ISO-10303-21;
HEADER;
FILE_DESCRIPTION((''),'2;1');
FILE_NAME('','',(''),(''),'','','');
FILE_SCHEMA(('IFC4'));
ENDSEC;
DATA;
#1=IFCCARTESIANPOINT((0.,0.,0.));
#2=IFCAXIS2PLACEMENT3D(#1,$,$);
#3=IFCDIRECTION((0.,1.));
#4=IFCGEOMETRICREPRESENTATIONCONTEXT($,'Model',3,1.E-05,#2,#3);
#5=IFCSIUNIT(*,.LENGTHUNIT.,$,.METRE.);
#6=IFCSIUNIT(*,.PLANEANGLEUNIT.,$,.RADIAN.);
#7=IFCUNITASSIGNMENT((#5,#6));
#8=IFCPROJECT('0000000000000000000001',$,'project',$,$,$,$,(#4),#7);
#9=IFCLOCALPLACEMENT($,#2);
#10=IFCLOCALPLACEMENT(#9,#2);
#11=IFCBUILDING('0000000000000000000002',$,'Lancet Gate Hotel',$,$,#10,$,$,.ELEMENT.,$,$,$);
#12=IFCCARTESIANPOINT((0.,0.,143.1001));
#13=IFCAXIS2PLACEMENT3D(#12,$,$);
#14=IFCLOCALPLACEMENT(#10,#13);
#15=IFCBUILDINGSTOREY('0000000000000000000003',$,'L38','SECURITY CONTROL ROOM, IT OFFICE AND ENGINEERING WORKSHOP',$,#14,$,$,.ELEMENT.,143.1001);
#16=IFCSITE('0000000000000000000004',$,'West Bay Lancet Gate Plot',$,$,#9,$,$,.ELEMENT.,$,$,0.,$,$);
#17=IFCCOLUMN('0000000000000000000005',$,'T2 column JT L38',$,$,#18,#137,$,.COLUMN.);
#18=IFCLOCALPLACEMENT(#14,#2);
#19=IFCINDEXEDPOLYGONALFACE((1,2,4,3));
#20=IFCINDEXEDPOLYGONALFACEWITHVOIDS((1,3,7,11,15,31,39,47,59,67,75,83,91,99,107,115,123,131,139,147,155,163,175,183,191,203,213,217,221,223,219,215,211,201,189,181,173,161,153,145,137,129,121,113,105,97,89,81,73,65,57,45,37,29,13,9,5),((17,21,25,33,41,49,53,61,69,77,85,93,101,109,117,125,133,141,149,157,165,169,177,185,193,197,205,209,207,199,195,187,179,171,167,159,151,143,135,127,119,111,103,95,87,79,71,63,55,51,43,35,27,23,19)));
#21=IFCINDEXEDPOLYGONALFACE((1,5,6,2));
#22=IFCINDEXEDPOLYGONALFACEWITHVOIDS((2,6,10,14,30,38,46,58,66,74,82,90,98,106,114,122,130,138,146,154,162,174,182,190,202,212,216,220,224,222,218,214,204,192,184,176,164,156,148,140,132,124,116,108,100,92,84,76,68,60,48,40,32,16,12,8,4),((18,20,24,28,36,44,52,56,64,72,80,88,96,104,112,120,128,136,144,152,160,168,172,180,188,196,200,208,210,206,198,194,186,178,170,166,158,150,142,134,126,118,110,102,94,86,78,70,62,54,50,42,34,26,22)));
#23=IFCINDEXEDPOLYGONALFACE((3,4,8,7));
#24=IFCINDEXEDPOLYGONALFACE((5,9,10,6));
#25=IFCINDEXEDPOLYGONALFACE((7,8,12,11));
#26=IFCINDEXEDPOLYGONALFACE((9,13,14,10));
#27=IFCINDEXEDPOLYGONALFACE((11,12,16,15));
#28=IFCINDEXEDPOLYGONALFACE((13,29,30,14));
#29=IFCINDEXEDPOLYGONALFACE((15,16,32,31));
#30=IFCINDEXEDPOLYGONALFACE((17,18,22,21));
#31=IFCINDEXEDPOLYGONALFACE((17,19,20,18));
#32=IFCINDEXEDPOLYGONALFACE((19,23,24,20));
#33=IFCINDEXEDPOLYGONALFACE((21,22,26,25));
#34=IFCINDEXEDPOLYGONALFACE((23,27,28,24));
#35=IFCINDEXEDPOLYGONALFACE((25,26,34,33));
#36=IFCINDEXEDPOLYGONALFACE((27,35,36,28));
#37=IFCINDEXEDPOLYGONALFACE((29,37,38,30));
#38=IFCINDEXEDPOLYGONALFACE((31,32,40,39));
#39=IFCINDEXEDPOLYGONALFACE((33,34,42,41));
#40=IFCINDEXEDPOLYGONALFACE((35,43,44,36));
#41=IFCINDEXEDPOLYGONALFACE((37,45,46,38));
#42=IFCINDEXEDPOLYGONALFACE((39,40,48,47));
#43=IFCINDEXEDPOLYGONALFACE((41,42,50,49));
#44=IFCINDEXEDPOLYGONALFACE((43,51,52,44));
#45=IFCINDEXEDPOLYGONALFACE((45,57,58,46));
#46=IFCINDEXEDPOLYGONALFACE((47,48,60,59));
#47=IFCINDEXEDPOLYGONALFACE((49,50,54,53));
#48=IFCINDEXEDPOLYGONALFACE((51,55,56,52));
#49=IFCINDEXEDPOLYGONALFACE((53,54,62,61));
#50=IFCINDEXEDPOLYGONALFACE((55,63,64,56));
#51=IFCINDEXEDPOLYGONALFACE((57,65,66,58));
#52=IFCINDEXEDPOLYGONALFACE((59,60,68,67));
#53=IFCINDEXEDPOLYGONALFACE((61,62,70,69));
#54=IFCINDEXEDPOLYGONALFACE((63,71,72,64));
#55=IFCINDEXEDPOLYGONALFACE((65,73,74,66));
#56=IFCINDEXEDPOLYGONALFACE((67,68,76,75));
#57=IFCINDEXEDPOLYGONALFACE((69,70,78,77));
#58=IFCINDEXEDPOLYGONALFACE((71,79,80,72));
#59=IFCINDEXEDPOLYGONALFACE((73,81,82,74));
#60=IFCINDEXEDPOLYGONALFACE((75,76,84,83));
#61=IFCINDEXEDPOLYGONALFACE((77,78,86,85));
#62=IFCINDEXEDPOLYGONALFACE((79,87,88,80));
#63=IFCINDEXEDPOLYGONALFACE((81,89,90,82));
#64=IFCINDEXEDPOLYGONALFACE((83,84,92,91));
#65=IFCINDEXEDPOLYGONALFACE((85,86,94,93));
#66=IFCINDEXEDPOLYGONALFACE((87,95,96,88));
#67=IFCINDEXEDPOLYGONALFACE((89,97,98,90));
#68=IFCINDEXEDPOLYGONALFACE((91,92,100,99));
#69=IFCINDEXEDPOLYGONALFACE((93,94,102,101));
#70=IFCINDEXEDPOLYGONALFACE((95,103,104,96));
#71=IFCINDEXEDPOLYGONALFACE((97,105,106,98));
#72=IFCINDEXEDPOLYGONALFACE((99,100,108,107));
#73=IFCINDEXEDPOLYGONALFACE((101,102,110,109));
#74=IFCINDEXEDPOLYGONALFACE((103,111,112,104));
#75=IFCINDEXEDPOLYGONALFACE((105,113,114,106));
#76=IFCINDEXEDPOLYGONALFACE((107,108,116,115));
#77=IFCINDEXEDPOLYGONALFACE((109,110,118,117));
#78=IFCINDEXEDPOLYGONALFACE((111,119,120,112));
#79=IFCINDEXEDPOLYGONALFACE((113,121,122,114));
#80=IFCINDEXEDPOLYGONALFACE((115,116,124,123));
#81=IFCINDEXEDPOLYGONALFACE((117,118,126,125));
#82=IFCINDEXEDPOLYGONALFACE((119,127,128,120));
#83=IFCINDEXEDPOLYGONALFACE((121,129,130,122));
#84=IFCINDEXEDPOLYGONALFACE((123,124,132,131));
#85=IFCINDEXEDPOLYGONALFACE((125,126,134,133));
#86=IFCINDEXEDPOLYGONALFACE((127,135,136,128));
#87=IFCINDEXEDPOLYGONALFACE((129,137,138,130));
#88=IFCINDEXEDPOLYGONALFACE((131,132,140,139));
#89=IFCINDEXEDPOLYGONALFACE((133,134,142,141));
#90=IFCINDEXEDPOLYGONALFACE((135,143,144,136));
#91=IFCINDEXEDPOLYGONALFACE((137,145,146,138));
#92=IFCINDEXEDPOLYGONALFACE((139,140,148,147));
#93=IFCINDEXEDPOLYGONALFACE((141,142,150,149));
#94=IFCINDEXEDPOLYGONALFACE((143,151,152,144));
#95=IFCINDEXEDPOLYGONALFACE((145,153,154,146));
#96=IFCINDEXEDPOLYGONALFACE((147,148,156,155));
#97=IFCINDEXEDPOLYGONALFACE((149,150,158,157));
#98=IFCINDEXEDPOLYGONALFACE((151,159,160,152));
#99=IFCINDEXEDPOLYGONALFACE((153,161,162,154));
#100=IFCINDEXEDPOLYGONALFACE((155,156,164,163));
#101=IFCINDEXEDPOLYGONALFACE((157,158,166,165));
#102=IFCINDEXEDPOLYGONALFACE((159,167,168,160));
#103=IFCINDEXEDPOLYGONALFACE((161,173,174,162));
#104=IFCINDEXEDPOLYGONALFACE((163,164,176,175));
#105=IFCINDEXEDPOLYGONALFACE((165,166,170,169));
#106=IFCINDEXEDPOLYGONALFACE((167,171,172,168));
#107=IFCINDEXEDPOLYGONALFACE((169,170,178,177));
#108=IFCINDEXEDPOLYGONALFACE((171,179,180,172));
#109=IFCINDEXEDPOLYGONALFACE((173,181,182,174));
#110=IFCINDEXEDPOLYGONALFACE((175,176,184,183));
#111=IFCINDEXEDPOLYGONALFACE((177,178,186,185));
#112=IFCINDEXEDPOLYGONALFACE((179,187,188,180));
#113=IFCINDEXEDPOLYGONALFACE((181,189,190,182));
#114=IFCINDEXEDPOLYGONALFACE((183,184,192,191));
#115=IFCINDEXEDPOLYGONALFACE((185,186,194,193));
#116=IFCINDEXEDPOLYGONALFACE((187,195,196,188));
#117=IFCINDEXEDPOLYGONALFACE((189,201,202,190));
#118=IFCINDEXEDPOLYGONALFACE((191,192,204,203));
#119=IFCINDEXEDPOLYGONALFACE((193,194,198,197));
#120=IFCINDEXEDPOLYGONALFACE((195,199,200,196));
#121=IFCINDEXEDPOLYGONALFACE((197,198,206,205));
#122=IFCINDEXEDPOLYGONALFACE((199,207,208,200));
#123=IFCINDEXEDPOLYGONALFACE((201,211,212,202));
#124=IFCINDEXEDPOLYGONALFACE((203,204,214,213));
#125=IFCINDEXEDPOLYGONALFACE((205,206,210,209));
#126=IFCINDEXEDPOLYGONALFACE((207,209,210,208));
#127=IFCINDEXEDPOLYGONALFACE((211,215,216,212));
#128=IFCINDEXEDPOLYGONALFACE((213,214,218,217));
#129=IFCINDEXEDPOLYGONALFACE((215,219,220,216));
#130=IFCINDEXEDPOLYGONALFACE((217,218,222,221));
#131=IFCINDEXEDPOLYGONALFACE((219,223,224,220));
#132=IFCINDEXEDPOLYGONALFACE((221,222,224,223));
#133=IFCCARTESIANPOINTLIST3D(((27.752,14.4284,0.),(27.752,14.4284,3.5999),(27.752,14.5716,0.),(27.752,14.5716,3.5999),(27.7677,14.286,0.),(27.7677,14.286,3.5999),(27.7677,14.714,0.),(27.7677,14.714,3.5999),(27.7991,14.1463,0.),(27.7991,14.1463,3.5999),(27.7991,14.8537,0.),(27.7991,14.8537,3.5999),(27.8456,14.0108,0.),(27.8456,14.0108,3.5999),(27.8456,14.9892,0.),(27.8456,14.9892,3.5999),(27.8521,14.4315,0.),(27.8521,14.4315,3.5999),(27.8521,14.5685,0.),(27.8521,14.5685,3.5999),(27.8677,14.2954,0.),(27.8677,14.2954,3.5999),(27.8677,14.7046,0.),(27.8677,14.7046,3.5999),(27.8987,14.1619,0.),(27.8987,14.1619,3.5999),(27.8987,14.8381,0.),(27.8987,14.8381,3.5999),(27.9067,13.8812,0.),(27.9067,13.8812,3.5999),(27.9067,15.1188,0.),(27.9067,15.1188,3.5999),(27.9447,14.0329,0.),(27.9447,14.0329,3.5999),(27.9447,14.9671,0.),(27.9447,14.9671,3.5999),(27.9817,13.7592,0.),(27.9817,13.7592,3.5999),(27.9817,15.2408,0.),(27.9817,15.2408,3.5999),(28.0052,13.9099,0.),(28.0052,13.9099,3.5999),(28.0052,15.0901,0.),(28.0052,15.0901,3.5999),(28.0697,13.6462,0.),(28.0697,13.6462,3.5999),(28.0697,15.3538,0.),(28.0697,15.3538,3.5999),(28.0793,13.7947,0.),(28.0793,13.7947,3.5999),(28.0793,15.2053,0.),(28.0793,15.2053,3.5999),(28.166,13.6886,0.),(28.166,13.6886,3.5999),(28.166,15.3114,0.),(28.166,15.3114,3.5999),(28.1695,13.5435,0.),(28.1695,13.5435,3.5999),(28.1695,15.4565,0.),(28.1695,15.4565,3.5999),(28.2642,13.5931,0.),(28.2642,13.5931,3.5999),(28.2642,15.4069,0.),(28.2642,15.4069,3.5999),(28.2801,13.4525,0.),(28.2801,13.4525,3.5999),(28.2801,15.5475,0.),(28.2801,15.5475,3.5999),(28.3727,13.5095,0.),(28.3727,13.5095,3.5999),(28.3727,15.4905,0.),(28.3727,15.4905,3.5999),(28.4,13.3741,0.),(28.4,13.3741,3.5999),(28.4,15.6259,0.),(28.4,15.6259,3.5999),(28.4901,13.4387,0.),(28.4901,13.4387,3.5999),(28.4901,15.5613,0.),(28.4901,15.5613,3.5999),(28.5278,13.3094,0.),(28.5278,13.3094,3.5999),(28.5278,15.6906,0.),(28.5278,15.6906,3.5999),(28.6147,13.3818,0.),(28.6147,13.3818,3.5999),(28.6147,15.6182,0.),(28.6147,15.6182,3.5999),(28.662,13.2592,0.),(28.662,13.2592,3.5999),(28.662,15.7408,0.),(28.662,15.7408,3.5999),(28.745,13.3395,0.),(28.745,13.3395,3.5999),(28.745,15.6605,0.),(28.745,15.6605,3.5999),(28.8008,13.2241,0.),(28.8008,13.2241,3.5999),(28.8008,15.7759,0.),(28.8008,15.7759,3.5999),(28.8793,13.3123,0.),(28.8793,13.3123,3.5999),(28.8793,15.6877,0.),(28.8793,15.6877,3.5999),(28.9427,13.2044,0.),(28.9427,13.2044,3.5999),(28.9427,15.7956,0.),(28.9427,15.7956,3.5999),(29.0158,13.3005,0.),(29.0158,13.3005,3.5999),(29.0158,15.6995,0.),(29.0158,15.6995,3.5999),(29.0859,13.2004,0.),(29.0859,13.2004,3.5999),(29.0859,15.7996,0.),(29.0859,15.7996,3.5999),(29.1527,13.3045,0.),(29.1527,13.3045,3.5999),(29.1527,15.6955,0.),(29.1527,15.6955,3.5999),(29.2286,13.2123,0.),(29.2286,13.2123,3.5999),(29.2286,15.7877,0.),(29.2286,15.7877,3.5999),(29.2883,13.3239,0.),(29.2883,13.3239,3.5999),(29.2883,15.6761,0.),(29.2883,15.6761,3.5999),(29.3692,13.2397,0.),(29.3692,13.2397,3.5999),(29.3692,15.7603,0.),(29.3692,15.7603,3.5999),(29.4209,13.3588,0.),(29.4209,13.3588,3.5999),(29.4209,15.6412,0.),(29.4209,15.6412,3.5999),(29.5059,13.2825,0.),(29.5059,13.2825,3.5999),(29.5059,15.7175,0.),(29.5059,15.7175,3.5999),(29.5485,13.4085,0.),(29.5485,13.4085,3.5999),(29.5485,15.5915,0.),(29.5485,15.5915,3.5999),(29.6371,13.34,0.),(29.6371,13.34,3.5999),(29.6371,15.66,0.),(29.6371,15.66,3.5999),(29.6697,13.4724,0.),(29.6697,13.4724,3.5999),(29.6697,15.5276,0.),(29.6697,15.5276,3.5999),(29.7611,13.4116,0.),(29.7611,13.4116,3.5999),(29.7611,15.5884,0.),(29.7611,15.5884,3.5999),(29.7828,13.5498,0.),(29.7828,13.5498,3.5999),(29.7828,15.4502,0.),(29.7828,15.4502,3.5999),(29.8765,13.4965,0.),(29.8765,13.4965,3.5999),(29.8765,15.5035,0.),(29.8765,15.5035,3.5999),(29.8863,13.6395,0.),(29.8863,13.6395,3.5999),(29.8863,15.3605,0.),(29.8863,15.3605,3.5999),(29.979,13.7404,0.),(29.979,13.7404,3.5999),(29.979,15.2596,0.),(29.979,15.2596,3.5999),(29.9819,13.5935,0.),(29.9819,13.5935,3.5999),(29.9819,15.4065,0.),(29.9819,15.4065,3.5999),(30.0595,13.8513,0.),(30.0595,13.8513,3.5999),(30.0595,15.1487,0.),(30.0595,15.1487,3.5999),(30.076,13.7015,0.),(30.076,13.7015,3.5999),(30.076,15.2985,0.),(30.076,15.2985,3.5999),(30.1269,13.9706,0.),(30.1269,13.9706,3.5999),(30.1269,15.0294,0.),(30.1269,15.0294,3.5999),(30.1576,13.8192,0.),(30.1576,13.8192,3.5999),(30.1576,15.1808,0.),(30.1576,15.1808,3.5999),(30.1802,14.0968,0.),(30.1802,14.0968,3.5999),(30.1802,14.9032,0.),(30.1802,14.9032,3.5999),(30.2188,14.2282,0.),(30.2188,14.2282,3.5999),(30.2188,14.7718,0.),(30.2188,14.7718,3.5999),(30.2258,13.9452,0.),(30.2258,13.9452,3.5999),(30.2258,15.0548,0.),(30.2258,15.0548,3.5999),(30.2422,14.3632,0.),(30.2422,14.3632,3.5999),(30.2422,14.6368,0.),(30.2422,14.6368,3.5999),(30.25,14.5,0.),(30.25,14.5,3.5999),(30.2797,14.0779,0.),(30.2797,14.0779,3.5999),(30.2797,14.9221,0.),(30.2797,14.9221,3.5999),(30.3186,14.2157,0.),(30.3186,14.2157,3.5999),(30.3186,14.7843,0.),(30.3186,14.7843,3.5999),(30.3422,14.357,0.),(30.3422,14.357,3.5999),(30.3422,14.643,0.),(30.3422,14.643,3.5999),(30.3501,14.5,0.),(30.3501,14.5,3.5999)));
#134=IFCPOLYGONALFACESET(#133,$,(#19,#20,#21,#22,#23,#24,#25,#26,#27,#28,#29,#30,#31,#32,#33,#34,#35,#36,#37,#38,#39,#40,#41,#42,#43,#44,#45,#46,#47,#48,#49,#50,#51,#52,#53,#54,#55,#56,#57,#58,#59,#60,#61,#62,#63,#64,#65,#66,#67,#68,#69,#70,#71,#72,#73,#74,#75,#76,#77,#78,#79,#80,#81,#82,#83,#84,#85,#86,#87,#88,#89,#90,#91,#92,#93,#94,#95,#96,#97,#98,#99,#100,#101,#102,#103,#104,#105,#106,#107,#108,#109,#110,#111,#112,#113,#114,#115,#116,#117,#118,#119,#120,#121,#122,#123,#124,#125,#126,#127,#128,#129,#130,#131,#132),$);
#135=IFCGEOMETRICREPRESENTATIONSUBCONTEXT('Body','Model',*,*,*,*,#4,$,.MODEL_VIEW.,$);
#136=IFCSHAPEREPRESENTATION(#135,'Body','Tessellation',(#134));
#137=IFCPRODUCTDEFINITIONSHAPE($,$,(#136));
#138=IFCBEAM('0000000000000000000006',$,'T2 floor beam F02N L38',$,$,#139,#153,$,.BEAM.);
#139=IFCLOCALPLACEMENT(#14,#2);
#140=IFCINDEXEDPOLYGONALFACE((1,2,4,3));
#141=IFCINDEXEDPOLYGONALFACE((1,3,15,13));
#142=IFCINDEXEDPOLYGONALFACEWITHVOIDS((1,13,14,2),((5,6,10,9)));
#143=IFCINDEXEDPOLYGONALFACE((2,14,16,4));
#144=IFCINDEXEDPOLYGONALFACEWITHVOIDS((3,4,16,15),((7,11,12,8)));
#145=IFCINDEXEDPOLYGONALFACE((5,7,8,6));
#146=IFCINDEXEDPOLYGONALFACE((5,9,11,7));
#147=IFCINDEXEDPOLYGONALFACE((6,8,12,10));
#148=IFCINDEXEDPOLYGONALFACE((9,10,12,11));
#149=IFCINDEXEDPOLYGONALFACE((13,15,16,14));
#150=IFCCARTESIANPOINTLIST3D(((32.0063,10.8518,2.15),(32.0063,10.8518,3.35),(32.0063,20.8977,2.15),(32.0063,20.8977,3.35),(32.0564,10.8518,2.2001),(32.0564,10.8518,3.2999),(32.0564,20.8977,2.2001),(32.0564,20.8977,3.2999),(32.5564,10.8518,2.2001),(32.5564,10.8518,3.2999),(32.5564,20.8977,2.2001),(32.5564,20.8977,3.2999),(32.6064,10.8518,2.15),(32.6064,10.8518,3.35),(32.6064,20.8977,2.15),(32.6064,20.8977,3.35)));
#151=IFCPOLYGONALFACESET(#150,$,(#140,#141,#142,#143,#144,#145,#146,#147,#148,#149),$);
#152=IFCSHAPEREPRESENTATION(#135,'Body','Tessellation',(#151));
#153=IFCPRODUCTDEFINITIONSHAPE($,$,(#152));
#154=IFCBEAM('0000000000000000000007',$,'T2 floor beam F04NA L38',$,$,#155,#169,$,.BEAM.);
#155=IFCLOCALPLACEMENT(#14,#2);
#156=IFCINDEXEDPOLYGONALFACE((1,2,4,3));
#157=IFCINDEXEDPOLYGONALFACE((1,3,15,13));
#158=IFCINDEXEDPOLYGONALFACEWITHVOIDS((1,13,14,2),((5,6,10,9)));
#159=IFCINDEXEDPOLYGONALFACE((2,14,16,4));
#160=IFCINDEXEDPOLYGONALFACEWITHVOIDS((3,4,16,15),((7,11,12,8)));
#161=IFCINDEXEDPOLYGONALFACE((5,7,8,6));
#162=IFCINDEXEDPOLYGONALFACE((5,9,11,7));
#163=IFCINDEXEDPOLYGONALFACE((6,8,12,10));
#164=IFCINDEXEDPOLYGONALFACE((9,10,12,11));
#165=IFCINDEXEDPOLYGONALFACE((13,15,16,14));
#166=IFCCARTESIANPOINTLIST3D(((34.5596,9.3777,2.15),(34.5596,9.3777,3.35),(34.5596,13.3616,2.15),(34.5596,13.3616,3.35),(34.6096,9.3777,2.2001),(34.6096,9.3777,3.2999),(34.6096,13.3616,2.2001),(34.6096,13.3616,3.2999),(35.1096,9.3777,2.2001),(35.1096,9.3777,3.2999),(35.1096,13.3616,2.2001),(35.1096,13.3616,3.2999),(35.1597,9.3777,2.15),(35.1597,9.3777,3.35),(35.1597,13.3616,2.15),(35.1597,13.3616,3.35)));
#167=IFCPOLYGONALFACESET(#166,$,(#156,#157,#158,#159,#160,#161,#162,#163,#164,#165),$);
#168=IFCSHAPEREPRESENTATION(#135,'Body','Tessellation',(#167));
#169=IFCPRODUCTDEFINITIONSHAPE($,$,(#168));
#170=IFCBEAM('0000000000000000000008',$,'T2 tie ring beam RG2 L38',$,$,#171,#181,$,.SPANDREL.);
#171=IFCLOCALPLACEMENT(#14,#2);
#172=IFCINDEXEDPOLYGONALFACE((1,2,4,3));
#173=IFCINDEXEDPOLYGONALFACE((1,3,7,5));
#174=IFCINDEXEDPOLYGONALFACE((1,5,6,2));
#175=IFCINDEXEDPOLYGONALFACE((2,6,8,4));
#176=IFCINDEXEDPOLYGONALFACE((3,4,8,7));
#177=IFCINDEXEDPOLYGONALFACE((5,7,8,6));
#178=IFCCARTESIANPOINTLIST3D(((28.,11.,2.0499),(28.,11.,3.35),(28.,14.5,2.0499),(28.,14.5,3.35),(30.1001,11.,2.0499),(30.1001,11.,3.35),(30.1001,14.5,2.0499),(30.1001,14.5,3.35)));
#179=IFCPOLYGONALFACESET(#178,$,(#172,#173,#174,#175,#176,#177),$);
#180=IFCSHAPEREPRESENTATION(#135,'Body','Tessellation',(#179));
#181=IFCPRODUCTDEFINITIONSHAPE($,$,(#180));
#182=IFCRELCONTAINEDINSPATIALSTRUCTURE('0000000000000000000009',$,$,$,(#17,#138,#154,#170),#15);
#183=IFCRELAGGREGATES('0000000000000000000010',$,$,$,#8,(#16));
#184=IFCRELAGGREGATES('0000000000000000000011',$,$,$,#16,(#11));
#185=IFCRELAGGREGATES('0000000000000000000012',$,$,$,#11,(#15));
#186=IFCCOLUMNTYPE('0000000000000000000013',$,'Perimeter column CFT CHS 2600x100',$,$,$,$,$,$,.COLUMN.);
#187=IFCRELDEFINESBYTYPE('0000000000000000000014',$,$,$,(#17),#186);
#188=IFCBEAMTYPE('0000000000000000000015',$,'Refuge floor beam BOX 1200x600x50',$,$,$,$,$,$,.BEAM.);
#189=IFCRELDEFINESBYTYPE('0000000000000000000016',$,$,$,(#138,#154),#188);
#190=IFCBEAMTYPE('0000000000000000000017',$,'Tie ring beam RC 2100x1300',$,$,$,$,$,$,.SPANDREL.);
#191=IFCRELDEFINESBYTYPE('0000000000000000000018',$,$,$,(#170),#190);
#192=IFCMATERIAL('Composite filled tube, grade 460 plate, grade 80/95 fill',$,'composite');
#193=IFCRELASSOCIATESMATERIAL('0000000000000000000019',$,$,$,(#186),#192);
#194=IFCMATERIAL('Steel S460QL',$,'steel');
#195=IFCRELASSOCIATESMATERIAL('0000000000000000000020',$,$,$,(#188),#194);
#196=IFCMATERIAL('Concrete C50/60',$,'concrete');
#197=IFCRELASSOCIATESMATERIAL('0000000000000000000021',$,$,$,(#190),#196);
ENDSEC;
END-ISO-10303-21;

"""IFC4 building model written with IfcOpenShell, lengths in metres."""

from ifc_helpers import new_model, si_unit, direction, frame, origin, origin_2d, place, context, subcontext, project, spatial, rectangle, hollow_rectangle, hollow_circle, extrude, material, material_profile, profile_set, type_object, element, save


model = new_model("IFC4")

# Units and contexts
model_context = context("Model", 3, precision=1e-05, world=origin(), true_north=direction((0.0, 1.0)))
body_context = subcontext(model_context, "Body", "Model", "MODEL_VIEW")
ifc_project = project(units=[si_unit("LENGTHUNIT", "METRE"), si_unit("PLANEANGLEUNIT", "RADIAN")], contexts=[model_context])

# Site, building, storey
site_placement = place(None, origin())
site = spatial("IfcSite", under=ifc_project, at=site_placement, Name="West Bay Lancet Gate Plot", CompositionType="ELEMENT", RefElevation=0.0)
building_placement = place(site_placement, origin())
building = spatial("IfcBuilding", under=site, at=building_placement, Name="Lancet Gate Hotel", CompositionType="ELEMENT")
storey_placement = place(building_placement, frame((0.0, 0.0, 143.1001)))
storey = spatial("IfcBuildingStorey", under=building, at=storey_placement, Name="L38", Description="SECURITY CONTROL ROOM, IT OFFICE AND ENGINEERING WORKSHOP", CompositionType="ELEMENT", Elevation=143.1001)

# Column
ifc_material_1 = material(Name="Composite filled tube, grade 460 plate, grade 80/95 fill", Category="composite")
ifc_material_profile_1 = material_profile(ifc_material_1, hollow_circle(Radius=1.3, WallThickness=0.1001, at=origin_2d()), Name="CHS 2600x100")
ifc_profile_set_1 = profile_set([ifc_material_profile_1], Name="Composite filled tube, grade 460 plate, grade 80/95 fill")
column_type = type_object("IfcColumnType", Name="Perimeter column CFT CHS 2600x100", PredefinedType="COLUMN", material=ifc_profile_set_1)
for number, where, z_axis, x_axis, name in (
    (1, (29.05, 14.5, 0.0), (0.0, 0.0, 1.0), (1.0, 0.0, 0.0), "T2 column JT L38"),
):
    element("IfcColumn", number, at=place(storey_placement, frame(where, z_axis=z_axis, x_axis=x_axis)), inside=storey, type_object=column_type, Name=name, PredefinedType="COLUMN", context=body_context, shape_type="SweptSolid", body=[
        extrude(hollow_circle(Radius=1.3, WallThickness=0.1001, at=origin_2d()), origin(), (0.0, 0.0, 1.0), 3.5999),
    ])

# Beams
ifc_material_2 = material(Name="Steel S460QL", Category="steel")
ifc_material_profile_2 = material_profile(ifc_material_2, hollow_rectangle(XDim=0.6001, YDim=1.2, WallThickness=0.05, at=origin_2d()), Name="BOX 1200x600x50")
ifc_profile_set_2 = profile_set([ifc_material_profile_2], Name="Steel S460QL")
beam_type_1 = type_object("IfcBeamType", Name="Refuge floor beam BOX 1200x600x50", PredefinedType="BEAM", material=ifc_profile_set_2)
beam_1_placement = place(storey_placement, frame((32.3064, 10.8518, 2.75), z_axis=(0.0, 1.0, 0.0), x_axis=(-1.0, 0.0, 0.0)))
element("IfcBeam", 2, at=beam_1_placement, inside=storey, type_object=beam_type_1, Name="T2 floor beam F02N L38", PredefinedType="BEAM", context=body_context, shape_type="SweptSolid", body=[
    extrude(hollow_rectangle(XDim=0.6001, YDim=1.2, WallThickness=0.05, at=origin_2d()), origin(), (0.0, 0.0, 1.0), 10.0459),
])
beam_2_placement = place(storey_placement, frame((34.8596, 9.3777, 2.75), z_axis=(0.0, 1.0, 0.0), x_axis=(-1.0, 0.0, 0.0)))
element("IfcBeam", 3, at=beam_2_placement, inside=storey, type_object=beam_type_1, Name="T2 floor beam F04NA L38", PredefinedType="BEAM", context=body_context, shape_type="SweptSolid", body=[
    extrude(hollow_rectangle(XDim=0.6001, YDim=1.2, WallThickness=0.05, at=origin_2d()), origin(), (0.0, 0.0, 1.0), 3.9839),
])
ifc_material_3 = material(Name="Concrete C50/60", Category="concrete")
ifc_material_profile_3 = material_profile(ifc_material_3, rectangle(XDim=2.1001, YDim=1.3, at=origin_2d()), Name="RC 2100x1300")
ifc_profile_set_3 = profile_set([ifc_material_profile_3], Name="Concrete C50/60")
beam_type_2 = type_object("IfcBeamType", Name="Tie ring beam RC 2100x1300", PredefinedType="SPANDREL", material=ifc_profile_set_3)
beam_3_placement = place(storey_placement, frame((29.05, 11.0, 2.7), z_axis=(0.0, 1.0, 0.0), x_axis=(-1.0, 0.0, 0.0)))
element("IfcBeam", 4, at=beam_3_placement, inside=storey, type_object=beam_type_2, Name="T2 tie ring beam RG2 L38", PredefinedType="SPANDREL", context=body_context, shape_type="SweptSolid", body=[
    extrude(rectangle(XDim=2.1001, YDim=1.3, at=origin_2d()), origin(), (0.0, 0.0, 1.0), 3.5),
])

save(model, "model.ifc")
